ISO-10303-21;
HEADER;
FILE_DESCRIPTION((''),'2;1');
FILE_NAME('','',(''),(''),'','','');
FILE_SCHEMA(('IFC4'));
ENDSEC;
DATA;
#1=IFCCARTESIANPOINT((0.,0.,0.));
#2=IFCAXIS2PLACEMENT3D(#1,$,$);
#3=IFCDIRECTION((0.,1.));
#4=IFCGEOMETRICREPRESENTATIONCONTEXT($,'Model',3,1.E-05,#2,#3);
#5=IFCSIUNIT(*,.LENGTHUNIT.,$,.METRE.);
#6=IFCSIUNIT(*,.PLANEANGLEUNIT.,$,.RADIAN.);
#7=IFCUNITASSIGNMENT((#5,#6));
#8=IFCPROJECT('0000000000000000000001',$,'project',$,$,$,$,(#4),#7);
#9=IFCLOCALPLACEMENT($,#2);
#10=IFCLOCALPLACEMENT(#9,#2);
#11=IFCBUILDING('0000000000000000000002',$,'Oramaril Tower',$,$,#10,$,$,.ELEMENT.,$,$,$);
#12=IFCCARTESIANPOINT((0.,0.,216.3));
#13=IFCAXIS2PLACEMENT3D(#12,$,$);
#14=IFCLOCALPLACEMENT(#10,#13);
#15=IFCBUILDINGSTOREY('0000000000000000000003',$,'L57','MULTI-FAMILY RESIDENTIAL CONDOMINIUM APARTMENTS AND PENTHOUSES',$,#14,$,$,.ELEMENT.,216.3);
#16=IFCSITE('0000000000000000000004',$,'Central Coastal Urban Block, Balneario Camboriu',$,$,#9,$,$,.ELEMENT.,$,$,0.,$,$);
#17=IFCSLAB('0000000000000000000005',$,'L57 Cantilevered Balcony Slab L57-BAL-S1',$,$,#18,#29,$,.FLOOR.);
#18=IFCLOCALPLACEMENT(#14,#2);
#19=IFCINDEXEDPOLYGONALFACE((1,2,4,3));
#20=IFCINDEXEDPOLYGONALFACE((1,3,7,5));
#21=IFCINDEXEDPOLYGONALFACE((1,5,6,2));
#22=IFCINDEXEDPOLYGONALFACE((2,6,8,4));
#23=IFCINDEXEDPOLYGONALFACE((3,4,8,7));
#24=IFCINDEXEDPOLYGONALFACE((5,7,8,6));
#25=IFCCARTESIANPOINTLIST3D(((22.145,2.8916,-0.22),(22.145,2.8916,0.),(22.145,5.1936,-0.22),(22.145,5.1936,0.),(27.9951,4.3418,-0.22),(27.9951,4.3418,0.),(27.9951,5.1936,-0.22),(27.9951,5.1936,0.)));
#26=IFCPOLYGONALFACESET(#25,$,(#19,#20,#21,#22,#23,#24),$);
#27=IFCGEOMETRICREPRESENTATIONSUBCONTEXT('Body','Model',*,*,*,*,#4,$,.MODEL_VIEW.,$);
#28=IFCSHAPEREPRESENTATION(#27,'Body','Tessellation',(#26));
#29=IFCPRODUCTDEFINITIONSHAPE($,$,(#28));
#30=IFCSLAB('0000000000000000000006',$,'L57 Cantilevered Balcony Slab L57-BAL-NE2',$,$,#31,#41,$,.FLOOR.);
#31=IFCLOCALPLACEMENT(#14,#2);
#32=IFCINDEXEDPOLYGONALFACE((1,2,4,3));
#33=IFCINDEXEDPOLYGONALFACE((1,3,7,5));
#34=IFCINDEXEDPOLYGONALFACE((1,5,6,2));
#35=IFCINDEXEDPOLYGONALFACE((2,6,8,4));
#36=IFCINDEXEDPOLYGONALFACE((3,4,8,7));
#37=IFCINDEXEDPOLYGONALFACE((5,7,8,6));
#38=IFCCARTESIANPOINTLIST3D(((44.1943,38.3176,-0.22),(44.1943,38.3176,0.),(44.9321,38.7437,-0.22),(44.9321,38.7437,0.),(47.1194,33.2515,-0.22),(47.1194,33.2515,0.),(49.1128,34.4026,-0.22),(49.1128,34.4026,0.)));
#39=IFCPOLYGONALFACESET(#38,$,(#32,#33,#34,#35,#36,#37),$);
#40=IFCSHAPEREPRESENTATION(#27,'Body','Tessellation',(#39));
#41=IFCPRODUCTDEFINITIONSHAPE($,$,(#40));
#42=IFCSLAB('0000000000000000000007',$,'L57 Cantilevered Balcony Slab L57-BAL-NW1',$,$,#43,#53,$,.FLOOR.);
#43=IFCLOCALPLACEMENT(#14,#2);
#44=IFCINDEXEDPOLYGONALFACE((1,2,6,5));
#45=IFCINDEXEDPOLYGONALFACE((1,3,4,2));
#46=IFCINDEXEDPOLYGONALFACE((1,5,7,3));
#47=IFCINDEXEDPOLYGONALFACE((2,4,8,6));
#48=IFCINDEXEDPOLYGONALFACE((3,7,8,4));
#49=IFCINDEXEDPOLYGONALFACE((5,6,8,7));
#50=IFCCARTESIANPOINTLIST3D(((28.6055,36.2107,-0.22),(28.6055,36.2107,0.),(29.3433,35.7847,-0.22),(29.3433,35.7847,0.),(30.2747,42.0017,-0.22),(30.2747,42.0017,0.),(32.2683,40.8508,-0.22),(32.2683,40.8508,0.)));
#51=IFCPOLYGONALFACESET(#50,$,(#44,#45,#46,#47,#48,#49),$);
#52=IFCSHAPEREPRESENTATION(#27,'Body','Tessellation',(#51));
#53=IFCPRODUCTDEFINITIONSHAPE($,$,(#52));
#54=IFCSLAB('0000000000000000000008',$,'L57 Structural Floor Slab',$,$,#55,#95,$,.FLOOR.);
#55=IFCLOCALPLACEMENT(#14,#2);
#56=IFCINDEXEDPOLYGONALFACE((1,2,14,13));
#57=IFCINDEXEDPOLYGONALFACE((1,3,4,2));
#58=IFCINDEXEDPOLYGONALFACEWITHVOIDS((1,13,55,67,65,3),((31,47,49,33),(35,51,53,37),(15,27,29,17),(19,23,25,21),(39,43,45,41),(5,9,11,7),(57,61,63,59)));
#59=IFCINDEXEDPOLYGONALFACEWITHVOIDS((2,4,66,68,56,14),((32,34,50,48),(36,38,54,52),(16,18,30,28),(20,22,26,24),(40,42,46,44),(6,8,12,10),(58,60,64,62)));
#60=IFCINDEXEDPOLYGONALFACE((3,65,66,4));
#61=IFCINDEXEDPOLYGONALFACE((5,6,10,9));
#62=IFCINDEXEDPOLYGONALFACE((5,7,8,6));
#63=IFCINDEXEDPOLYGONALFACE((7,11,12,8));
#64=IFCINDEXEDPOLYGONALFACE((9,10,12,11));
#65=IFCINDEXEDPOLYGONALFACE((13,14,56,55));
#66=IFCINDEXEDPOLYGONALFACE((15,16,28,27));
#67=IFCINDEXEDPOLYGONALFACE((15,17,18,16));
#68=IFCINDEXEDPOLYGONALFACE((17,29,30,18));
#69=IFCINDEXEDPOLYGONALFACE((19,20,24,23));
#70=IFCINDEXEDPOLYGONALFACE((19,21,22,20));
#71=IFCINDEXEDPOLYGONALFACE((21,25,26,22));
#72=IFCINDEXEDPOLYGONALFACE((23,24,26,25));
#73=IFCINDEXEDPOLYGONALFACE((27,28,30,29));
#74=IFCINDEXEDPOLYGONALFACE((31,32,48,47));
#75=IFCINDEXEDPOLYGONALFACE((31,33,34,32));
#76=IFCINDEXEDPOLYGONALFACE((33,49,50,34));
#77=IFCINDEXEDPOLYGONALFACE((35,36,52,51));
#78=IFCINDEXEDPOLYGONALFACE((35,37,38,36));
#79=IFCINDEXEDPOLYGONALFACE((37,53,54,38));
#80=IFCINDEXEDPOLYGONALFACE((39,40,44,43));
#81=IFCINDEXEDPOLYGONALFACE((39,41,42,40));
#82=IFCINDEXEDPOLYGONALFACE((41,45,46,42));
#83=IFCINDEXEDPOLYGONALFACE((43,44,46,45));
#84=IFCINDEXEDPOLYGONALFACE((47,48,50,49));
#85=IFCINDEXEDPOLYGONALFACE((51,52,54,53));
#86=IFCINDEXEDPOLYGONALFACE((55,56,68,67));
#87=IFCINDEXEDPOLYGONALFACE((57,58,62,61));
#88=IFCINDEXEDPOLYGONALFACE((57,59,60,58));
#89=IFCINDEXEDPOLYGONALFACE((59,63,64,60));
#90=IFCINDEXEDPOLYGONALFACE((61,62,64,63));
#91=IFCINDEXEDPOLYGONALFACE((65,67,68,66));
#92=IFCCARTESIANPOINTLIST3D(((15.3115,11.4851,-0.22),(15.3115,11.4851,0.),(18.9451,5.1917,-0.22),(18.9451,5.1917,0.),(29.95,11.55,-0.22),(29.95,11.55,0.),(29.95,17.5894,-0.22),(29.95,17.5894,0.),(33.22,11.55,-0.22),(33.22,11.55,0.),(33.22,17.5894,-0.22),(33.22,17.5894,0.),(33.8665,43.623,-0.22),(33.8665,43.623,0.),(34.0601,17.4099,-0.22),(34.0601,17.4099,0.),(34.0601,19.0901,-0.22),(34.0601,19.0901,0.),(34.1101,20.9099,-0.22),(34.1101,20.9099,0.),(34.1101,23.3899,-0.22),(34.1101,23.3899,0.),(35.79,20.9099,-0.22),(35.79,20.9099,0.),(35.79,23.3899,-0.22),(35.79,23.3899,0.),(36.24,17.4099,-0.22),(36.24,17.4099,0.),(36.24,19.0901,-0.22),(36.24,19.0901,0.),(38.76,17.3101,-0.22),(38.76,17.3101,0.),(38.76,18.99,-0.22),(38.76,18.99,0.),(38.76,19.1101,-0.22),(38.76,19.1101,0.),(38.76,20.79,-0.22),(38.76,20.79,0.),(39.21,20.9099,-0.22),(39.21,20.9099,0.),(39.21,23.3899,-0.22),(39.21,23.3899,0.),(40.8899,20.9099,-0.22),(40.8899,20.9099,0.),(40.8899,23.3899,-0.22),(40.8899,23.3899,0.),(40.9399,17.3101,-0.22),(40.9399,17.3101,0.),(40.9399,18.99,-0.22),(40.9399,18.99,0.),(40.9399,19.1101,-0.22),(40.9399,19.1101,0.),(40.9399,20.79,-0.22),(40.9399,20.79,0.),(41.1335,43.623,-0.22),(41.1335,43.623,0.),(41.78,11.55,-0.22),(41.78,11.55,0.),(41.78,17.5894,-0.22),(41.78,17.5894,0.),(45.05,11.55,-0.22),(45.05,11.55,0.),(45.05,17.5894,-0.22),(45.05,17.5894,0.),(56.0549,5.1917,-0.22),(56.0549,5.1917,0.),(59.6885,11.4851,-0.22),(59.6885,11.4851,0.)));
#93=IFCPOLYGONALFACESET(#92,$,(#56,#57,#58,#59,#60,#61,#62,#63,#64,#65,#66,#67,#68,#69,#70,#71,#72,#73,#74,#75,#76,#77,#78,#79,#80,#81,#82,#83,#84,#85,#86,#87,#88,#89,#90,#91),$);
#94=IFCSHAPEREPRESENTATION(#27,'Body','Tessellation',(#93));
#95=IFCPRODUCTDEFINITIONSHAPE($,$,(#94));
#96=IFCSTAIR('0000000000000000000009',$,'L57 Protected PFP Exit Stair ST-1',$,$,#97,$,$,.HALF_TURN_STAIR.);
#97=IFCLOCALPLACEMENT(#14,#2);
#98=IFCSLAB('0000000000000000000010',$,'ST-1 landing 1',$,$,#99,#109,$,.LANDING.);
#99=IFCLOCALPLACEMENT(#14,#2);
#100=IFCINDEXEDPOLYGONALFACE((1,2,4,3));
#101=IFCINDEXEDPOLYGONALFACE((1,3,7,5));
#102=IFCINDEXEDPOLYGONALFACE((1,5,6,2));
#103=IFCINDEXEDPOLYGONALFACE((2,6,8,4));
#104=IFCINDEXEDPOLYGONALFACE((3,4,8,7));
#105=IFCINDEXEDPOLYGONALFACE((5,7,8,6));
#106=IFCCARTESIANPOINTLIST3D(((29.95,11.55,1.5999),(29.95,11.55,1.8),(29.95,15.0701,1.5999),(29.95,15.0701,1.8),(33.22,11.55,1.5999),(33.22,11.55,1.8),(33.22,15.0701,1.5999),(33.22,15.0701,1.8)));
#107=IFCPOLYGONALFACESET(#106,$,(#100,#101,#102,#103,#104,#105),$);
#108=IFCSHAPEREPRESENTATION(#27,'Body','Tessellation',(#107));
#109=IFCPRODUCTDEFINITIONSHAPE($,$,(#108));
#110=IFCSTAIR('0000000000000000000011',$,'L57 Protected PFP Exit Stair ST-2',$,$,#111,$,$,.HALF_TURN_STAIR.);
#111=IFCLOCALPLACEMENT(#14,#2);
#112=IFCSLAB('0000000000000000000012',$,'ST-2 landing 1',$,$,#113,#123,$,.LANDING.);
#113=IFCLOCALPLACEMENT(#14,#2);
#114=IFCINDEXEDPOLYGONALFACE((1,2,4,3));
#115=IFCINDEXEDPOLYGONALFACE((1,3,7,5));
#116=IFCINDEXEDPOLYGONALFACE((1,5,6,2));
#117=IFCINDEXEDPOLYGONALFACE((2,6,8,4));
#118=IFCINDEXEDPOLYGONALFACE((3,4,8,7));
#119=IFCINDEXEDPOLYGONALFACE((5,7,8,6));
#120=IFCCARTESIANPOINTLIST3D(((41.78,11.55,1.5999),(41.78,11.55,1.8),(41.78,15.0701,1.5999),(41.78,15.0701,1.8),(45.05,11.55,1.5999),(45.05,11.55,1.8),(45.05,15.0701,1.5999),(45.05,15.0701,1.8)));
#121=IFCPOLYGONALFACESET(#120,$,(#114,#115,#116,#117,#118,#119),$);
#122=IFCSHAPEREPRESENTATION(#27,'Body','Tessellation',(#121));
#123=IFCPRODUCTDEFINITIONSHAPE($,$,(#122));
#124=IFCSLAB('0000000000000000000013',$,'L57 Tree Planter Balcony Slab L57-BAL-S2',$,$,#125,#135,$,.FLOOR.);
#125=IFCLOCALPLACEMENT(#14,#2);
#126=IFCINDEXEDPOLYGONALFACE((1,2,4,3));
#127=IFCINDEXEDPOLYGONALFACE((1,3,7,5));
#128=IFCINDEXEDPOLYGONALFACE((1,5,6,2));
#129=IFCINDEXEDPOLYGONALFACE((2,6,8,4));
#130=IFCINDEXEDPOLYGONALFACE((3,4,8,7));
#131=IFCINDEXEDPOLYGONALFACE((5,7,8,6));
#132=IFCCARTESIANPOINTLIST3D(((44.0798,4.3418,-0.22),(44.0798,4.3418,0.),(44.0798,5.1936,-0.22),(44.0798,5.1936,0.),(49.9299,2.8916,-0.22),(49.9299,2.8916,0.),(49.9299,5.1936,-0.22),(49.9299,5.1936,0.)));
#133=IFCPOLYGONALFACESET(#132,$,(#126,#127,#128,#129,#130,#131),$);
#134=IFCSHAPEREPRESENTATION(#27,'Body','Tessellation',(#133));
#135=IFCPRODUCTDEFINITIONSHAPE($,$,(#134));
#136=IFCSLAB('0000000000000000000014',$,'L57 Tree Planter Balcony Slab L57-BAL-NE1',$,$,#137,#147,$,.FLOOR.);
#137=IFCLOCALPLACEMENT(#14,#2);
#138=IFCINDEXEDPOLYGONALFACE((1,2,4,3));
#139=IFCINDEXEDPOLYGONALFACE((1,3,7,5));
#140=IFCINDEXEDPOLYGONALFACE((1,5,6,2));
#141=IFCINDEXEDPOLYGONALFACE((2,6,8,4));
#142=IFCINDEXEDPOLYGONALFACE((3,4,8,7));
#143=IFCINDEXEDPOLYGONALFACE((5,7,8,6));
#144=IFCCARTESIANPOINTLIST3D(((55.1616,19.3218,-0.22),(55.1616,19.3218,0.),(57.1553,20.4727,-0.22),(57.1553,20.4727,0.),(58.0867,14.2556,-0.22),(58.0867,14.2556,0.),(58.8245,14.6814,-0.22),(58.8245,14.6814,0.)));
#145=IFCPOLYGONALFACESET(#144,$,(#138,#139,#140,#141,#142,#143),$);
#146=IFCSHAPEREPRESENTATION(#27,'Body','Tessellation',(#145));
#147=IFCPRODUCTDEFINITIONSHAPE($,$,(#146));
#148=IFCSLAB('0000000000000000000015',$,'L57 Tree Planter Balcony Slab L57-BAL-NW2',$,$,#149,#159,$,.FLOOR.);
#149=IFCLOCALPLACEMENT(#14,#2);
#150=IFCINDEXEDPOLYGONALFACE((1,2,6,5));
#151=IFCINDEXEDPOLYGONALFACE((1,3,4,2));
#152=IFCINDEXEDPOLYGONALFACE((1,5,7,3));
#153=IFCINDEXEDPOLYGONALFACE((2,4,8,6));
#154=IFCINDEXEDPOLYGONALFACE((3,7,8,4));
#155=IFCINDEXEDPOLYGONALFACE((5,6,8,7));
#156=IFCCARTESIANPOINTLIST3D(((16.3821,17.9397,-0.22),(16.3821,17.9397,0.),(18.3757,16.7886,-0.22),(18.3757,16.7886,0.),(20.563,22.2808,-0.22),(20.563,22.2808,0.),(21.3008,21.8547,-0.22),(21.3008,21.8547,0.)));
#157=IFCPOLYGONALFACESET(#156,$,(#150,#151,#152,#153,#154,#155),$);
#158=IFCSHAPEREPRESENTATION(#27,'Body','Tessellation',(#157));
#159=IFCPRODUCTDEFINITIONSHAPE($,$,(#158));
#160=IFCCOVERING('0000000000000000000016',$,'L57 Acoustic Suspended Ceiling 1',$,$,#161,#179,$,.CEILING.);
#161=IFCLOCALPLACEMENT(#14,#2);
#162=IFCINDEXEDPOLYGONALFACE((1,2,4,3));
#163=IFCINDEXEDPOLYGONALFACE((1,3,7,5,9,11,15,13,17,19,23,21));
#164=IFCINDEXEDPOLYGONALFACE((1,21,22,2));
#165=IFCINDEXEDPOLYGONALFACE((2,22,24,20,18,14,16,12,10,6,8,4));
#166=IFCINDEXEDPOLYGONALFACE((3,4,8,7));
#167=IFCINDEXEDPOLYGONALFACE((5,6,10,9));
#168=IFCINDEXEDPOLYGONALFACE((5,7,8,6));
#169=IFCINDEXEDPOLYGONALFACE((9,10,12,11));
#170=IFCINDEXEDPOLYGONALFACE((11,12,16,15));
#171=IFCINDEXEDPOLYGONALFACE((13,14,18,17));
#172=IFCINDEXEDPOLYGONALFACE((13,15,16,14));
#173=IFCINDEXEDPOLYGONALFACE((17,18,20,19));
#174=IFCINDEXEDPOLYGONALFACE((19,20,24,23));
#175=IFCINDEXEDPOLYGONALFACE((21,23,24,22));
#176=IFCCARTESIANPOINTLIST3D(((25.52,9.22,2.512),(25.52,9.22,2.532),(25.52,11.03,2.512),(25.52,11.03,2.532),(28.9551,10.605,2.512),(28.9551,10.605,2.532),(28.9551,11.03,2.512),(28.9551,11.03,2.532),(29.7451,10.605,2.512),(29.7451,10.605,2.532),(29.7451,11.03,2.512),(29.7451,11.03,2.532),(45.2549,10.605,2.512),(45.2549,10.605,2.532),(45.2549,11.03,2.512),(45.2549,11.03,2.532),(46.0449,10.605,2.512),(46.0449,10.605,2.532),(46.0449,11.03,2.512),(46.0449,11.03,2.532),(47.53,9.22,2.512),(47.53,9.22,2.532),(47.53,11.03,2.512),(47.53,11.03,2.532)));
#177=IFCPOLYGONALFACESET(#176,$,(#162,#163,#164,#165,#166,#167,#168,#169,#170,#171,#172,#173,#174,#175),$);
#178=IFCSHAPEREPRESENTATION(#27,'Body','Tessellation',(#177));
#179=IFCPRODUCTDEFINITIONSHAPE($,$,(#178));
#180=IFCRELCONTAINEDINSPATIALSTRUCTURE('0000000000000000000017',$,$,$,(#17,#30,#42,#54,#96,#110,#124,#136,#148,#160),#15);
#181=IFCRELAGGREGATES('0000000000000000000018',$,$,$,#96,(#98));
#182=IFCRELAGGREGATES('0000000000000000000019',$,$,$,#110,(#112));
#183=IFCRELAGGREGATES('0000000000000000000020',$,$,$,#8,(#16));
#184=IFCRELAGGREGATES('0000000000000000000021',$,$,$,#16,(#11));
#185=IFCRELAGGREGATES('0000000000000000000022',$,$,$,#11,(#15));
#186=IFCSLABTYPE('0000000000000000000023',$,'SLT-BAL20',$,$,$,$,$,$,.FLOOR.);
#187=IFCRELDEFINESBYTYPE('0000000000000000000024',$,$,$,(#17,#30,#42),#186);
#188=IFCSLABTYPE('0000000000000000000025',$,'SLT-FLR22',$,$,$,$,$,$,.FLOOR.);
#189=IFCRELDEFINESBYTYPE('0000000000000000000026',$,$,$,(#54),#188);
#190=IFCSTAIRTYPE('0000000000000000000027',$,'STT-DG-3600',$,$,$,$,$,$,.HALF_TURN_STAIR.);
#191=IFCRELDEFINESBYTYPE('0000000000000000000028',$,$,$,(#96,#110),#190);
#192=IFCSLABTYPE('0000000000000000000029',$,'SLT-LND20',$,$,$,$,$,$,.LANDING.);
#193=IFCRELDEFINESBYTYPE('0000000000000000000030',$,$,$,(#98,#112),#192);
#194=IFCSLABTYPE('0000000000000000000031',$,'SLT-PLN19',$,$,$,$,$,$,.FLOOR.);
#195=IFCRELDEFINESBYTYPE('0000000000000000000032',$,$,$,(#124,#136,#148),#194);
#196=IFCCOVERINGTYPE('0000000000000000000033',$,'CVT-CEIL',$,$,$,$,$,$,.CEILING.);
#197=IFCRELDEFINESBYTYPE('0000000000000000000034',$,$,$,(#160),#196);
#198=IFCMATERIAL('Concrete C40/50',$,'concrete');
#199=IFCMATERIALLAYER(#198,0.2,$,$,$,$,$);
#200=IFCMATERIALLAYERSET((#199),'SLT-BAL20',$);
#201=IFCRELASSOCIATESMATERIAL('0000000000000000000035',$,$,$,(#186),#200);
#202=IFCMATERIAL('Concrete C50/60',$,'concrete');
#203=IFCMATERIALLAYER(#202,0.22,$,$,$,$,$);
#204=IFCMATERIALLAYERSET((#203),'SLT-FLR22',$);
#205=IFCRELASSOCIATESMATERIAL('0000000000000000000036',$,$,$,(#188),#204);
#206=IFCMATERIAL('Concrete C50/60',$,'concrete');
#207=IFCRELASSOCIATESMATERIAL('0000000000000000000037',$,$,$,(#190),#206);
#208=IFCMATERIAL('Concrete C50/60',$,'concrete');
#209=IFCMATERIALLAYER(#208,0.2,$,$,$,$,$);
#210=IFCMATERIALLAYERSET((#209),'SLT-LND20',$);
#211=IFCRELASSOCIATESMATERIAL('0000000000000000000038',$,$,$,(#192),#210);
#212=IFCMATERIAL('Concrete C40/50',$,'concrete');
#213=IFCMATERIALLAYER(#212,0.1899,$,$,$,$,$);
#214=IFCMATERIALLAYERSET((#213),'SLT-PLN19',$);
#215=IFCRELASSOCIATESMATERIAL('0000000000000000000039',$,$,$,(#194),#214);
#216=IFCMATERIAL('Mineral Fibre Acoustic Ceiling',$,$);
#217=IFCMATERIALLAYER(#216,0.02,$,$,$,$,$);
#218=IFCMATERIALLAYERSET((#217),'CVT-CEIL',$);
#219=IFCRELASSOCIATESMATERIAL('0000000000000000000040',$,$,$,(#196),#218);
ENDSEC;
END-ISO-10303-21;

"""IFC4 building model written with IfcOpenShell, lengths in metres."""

from ifc_helpers import new_model, si_unit, direction, frame, origin, place, context, subcontext, project, spatial, polyline, outline, extrude, material, layer, layer_set, type_object, element, aggregate, save


model = new_model("IFC4")

# Units and contexts
model_context = context("Model", 3, precision=1e-05, world=origin(), true_north=direction((0.0, 1.0)))
body_context = subcontext(model_context, "Body", "Model", "MODEL_VIEW")
ifc_project = project(units=[si_unit("LENGTHUNIT", "METRE"), si_unit("PLANEANGLEUNIT", "RADIAN")], contexts=[model_context])

# Site, building, storey
site_placement = place(None, origin())
site = spatial("IfcSite", under=ifc_project, at=site_placement, Name="Central Coastal Urban Block, Balneario Camboriu", CompositionType="ELEMENT", RefElevation=0.0)
building_placement = place(site_placement, origin())
building = spatial("IfcBuilding", under=site, at=building_placement, Name="Oramaril Tower", CompositionType="ELEMENT")
storey_placement = place(building_placement, frame((0.0, 0.0, 216.3)))
storey = spatial("IfcBuildingStorey", under=building, at=storey_placement, Name="L57", Description="MULTI-FAMILY RESIDENTIAL CONDOMINIUM APARTMENTS AND PENTHOUSES", CompositionType="ELEMENT", Elevation=216.3)

# Slabs
ifc_material_1 = material(Name="Concrete C40/50", Category="concrete")
ifc_layer_1 = layer(ifc_material_1, 0.2)
ifc_layer_set_1 = layer_set([ifc_layer_1], Name="SLT-BAL20")
slab_type_1 = type_object("IfcSlabType", Name="SLT-BAL20", PredefinedType="FLOOR", material=ifc_layer_set_1)
slab_1_placement = place(storey_placement, frame((0.0, 0.0, -0.22)))
element("IfcSlab", 1, at=slab_1_placement, inside=storey, type_object=slab_type_1, Name="L57 Cantilevered Balcony Slab L57-BAL-S1", PredefinedType="FLOOR", context=body_context, shape_type="SweptSolid", body=[
    extrude(outline(polyline([(22.145, 5.1936), (27.9951, 5.1936), (27.9951, 4.3418), (22.145, 2.8916), (22.145, 5.1936)])), origin(), (0.0, 0.0, 1.0), 0.22),
])
slab_2_placement = place(storey_placement, frame((0.0, 0.0, -0.22)))
element("IfcSlab", 2, at=slab_2_placement, inside=storey, type_object=slab_type_1, Name="L57 Cantilevered Balcony Slab L57-BAL-NE2", PredefinedType="FLOOR", context=body_context, shape_type="SweptSolid", body=[
    extrude(outline(polyline([(47.1194, 33.2515), (44.1943, 38.3176), (44.9321, 38.7437), (49.1128, 34.4026), (47.1194, 33.2515)])), origin(), (0.0, 0.0, 1.0), 0.22),
])
slab_3_placement = place(storey_placement, frame((0.0, 0.0, -0.22)))
element("IfcSlab", 3, at=slab_3_placement, inside=storey, type_object=slab_type_1, Name="L57 Cantilevered Balcony Slab L57-BAL-NW1", PredefinedType="FLOOR", context=body_context, shape_type="SweptSolid", body=[
    extrude(outline(polyline([(32.2683, 40.8508), (29.3433, 35.7847), (28.6055, 36.2107), (30.2747, 42.0017), (32.2683, 40.8508)])), origin(), (0.0, 0.0, 1.0), 0.22),
])
ifc_material_2 = material(Name="Concrete C50/60", Category="concrete")
ifc_layer_2 = layer(ifc_material_2, 0.22)
ifc_layer_set_2 = layer_set([ifc_layer_2], Name="SLT-FLR22")
slab_type_2 = type_object("IfcSlabType", Name="SLT-FLR22", PredefinedType="FLOOR", material=ifc_layer_set_2)
slab_4_placement = place(storey_placement, frame((0.0, 0.0, -0.22)))
element("IfcSlab", 4, at=slab_4_placement, inside=storey, type_object=slab_type_2, Name="L57 Structural Floor Slab", PredefinedType="FLOOR", context=body_context, shape_type="SweptSolid", body=[
    extrude(outline(polyline([(15.3115, 11.4851), (18.9451, 5.1917), (56.0549, 5.1917), (59.6885, 11.4851), (41.1335, 43.623), (33.8665, 43.623), (15.3115, 11.4851)]), holes=[polyline([(29.95, 17.5894), (29.95, 11.55), (33.22, 11.55), (33.22, 17.5894), (29.95, 17.5894)]), polyline([(41.78, 17.5894), (41.78, 11.55), (45.05, 11.55), (45.05, 17.5894), (41.78, 17.5894)]), polyline([(34.1101, 20.9099), (35.79, 20.9099), (35.79, 23.3899), (34.1101, 23.3899), (34.1101, 20.9099)]), polyline([(39.21, 20.9099), (40.8899, 20.9099), (40.8899, 23.3899), (39.21, 23.3899), (39.21, 20.9099)]), polyline([(34.0601, 17.4099), (36.24, 17.4099), (36.24, 19.0901), (34.0601, 19.0901), (34.0601, 17.4099)]), polyline([(38.76, 17.3101), (40.9399, 17.3101), (40.9399, 18.99), (38.76, 18.99), (38.76, 17.3101)]), polyline([(38.76, 19.1101), (40.9399, 19.1101), (40.9399, 20.79), (38.76, 20.79), (38.76, 19.1101)])]), origin(), (0.0, 0.0, 1.0), 0.22),
])

# Stairs, slabs
ifc_material_3 = material(Name="Concrete C50/60", Category="concrete")
stair_type = type_object("IfcStairType", Name="STT-DG-3600", PredefinedType="HALF_TURN_STAIR", material=ifc_material_3)
stair_1_placement = place(storey_placement, origin())
stair_1 = element("IfcStair", 5, at=stair_1_placement, inside=storey, type_object=stair_type, Name="L57 Protected PFP Exit Stair ST-1", PredefinedType="HALF_TURN_STAIR")
ifc_material_4 = material(Name="Concrete C50/60", Category="concrete")
ifc_layer_3 = layer(ifc_material_4, 0.2)
ifc_layer_set_3 = layer_set([ifc_layer_3], Name="SLT-LND20")
slab_type_3 = type_object("IfcSlabType", Name="SLT-LND20", PredefinedType="LANDING", material=ifc_layer_set_3)
slab_5_placement = place(storey_placement, frame((0.0, 0.0, 1.5999)))
slab_5 = element("IfcSlab", 6, at=slab_5_placement, type_object=slab_type_3, Name="ST-1 landing 1", PredefinedType="LANDING", context=body_context, shape_type="SweptSolid", body=[
    extrude(outline(polyline([(29.95, 15.0701), (29.95, 11.55), (33.22, 11.55), (33.22, 15.0701), (29.95, 15.0701)])), origin(), (0.0, 0.0, 1.0), 0.2002),
])
aggregate(stair_1, [slab_5])
stair_2_placement = place(storey_placement, origin())
stair_2 = element("IfcStair", 7, at=stair_2_placement, inside=storey, type_object=stair_type, Name="L57 Protected PFP Exit Stair ST-2", PredefinedType="HALF_TURN_STAIR")
slab_6_placement = place(storey_placement, frame((0.0, 0.0, 1.5999)))
slab_6 = element("IfcSlab", 8, at=slab_6_placement, type_object=slab_type_3, Name="ST-2 landing 1", PredefinedType="LANDING", context=body_context, shape_type="SweptSolid", body=[
    extrude(outline(polyline([(41.78, 15.0701), (41.78, 11.55), (45.05, 11.55), (45.05, 15.0701), (41.78, 15.0701)])), origin(), (0.0, 0.0, 1.0), 0.2002),
])
aggregate(stair_2, [slab_6])

# Slabs
ifc_material_5 = material(Name="Concrete C40/50", Category="concrete")
ifc_layer_4 = layer(ifc_material_5, 0.1899)
ifc_layer_set_4 = layer_set([ifc_layer_4], Name="SLT-PLN19")
slab_type_4 = type_object("IfcSlabType", Name="SLT-PLN19", PredefinedType="FLOOR", material=ifc_layer_set_4)
slab_7_placement = place(storey_placement, frame((0.0, 0.0, -0.22)))
element("IfcSlab", 9, at=slab_7_placement, inside=storey, type_object=slab_type_4, Name="L57 Tree Planter Balcony Slab L57-BAL-S2", PredefinedType="FLOOR", context=body_context, shape_type="SweptSolid", body=[
    extrude(outline(polyline([(44.0798, 5.1936), (49.9299, 5.1936), (49.9299, 2.8916), (44.0798, 4.3418), (44.0798, 5.1936)])), origin(), (0.0, 0.0, 1.0), 0.22),
])
slab_8_placement = place(storey_placement, frame((0.0, 0.0, -0.22)))
element("IfcSlab", 10, at=slab_8_placement, inside=storey, type_object=slab_type_4, Name="L57 Tree Planter Balcony Slab L57-BAL-NE1", PredefinedType="FLOOR", context=body_context, shape_type="SweptSolid", body=[
    extrude(outline(polyline([(58.0867, 14.2556), (55.1616, 19.3218), (57.1553, 20.4727), (58.8245, 14.6814), (58.0867, 14.2556)])), origin(), (0.0, 0.0, 1.0), 0.22),
])
slab_9_placement = place(storey_placement, frame((0.0, 0.0, -0.22)))
element("IfcSlab", 11, at=slab_9_placement, inside=storey, type_object=slab_type_4, Name="L57 Tree Planter Balcony Slab L57-BAL-NW2", PredefinedType="FLOOR", context=body_context, shape_type="SweptSolid", body=[
    extrude(outline(polyline([(21.3008, 21.8547), (18.3757, 16.7886), (16.3821, 17.9397), (20.563, 22.2808), (21.3008, 21.8547)])), origin(), (0.0, 0.0, 1.0), 0.22),
])

# Covering
ifc_material_6 = material(Name="Mineral Fibre Acoustic Ceiling")
ifc_layer_5 = layer(ifc_material_6, 0.02)
ifc_layer_set_5 = layer_set([ifc_layer_5], Name="CVT-CEIL")
covering_type_1 = type_object("IfcCoveringType", Name="CVT-CEIL", PredefinedType="CEILING", material=ifc_layer_set_5)
covering_1_placement = place(storey_placement, frame((0.0, 0.0, 2.512)))
element("IfcCovering", 12, at=covering_1_placement, inside=storey, type_object=covering_type_1, Name="L57 Acoustic Suspended Ceiling 1", PredefinedType="CEILING", context=body_context, shape_type="SweptSolid", body=[
    extrude(outline(polyline([(28.9551, 10.605), (29.7451, 10.605), (29.7451, 11.03), (45.2549, 11.03), (45.2549, 10.605), (46.0449, 10.605), (46.0449, 11.03), (47.53, 11.03), (47.53, 9.22), (25.52, 9.22), (25.52, 11.03), (28.9551, 11.03), (28.9551, 10.605)])), origin(), (0.0, 0.0, 1.0), 0.02),
])

save(model, "model.ifc")
